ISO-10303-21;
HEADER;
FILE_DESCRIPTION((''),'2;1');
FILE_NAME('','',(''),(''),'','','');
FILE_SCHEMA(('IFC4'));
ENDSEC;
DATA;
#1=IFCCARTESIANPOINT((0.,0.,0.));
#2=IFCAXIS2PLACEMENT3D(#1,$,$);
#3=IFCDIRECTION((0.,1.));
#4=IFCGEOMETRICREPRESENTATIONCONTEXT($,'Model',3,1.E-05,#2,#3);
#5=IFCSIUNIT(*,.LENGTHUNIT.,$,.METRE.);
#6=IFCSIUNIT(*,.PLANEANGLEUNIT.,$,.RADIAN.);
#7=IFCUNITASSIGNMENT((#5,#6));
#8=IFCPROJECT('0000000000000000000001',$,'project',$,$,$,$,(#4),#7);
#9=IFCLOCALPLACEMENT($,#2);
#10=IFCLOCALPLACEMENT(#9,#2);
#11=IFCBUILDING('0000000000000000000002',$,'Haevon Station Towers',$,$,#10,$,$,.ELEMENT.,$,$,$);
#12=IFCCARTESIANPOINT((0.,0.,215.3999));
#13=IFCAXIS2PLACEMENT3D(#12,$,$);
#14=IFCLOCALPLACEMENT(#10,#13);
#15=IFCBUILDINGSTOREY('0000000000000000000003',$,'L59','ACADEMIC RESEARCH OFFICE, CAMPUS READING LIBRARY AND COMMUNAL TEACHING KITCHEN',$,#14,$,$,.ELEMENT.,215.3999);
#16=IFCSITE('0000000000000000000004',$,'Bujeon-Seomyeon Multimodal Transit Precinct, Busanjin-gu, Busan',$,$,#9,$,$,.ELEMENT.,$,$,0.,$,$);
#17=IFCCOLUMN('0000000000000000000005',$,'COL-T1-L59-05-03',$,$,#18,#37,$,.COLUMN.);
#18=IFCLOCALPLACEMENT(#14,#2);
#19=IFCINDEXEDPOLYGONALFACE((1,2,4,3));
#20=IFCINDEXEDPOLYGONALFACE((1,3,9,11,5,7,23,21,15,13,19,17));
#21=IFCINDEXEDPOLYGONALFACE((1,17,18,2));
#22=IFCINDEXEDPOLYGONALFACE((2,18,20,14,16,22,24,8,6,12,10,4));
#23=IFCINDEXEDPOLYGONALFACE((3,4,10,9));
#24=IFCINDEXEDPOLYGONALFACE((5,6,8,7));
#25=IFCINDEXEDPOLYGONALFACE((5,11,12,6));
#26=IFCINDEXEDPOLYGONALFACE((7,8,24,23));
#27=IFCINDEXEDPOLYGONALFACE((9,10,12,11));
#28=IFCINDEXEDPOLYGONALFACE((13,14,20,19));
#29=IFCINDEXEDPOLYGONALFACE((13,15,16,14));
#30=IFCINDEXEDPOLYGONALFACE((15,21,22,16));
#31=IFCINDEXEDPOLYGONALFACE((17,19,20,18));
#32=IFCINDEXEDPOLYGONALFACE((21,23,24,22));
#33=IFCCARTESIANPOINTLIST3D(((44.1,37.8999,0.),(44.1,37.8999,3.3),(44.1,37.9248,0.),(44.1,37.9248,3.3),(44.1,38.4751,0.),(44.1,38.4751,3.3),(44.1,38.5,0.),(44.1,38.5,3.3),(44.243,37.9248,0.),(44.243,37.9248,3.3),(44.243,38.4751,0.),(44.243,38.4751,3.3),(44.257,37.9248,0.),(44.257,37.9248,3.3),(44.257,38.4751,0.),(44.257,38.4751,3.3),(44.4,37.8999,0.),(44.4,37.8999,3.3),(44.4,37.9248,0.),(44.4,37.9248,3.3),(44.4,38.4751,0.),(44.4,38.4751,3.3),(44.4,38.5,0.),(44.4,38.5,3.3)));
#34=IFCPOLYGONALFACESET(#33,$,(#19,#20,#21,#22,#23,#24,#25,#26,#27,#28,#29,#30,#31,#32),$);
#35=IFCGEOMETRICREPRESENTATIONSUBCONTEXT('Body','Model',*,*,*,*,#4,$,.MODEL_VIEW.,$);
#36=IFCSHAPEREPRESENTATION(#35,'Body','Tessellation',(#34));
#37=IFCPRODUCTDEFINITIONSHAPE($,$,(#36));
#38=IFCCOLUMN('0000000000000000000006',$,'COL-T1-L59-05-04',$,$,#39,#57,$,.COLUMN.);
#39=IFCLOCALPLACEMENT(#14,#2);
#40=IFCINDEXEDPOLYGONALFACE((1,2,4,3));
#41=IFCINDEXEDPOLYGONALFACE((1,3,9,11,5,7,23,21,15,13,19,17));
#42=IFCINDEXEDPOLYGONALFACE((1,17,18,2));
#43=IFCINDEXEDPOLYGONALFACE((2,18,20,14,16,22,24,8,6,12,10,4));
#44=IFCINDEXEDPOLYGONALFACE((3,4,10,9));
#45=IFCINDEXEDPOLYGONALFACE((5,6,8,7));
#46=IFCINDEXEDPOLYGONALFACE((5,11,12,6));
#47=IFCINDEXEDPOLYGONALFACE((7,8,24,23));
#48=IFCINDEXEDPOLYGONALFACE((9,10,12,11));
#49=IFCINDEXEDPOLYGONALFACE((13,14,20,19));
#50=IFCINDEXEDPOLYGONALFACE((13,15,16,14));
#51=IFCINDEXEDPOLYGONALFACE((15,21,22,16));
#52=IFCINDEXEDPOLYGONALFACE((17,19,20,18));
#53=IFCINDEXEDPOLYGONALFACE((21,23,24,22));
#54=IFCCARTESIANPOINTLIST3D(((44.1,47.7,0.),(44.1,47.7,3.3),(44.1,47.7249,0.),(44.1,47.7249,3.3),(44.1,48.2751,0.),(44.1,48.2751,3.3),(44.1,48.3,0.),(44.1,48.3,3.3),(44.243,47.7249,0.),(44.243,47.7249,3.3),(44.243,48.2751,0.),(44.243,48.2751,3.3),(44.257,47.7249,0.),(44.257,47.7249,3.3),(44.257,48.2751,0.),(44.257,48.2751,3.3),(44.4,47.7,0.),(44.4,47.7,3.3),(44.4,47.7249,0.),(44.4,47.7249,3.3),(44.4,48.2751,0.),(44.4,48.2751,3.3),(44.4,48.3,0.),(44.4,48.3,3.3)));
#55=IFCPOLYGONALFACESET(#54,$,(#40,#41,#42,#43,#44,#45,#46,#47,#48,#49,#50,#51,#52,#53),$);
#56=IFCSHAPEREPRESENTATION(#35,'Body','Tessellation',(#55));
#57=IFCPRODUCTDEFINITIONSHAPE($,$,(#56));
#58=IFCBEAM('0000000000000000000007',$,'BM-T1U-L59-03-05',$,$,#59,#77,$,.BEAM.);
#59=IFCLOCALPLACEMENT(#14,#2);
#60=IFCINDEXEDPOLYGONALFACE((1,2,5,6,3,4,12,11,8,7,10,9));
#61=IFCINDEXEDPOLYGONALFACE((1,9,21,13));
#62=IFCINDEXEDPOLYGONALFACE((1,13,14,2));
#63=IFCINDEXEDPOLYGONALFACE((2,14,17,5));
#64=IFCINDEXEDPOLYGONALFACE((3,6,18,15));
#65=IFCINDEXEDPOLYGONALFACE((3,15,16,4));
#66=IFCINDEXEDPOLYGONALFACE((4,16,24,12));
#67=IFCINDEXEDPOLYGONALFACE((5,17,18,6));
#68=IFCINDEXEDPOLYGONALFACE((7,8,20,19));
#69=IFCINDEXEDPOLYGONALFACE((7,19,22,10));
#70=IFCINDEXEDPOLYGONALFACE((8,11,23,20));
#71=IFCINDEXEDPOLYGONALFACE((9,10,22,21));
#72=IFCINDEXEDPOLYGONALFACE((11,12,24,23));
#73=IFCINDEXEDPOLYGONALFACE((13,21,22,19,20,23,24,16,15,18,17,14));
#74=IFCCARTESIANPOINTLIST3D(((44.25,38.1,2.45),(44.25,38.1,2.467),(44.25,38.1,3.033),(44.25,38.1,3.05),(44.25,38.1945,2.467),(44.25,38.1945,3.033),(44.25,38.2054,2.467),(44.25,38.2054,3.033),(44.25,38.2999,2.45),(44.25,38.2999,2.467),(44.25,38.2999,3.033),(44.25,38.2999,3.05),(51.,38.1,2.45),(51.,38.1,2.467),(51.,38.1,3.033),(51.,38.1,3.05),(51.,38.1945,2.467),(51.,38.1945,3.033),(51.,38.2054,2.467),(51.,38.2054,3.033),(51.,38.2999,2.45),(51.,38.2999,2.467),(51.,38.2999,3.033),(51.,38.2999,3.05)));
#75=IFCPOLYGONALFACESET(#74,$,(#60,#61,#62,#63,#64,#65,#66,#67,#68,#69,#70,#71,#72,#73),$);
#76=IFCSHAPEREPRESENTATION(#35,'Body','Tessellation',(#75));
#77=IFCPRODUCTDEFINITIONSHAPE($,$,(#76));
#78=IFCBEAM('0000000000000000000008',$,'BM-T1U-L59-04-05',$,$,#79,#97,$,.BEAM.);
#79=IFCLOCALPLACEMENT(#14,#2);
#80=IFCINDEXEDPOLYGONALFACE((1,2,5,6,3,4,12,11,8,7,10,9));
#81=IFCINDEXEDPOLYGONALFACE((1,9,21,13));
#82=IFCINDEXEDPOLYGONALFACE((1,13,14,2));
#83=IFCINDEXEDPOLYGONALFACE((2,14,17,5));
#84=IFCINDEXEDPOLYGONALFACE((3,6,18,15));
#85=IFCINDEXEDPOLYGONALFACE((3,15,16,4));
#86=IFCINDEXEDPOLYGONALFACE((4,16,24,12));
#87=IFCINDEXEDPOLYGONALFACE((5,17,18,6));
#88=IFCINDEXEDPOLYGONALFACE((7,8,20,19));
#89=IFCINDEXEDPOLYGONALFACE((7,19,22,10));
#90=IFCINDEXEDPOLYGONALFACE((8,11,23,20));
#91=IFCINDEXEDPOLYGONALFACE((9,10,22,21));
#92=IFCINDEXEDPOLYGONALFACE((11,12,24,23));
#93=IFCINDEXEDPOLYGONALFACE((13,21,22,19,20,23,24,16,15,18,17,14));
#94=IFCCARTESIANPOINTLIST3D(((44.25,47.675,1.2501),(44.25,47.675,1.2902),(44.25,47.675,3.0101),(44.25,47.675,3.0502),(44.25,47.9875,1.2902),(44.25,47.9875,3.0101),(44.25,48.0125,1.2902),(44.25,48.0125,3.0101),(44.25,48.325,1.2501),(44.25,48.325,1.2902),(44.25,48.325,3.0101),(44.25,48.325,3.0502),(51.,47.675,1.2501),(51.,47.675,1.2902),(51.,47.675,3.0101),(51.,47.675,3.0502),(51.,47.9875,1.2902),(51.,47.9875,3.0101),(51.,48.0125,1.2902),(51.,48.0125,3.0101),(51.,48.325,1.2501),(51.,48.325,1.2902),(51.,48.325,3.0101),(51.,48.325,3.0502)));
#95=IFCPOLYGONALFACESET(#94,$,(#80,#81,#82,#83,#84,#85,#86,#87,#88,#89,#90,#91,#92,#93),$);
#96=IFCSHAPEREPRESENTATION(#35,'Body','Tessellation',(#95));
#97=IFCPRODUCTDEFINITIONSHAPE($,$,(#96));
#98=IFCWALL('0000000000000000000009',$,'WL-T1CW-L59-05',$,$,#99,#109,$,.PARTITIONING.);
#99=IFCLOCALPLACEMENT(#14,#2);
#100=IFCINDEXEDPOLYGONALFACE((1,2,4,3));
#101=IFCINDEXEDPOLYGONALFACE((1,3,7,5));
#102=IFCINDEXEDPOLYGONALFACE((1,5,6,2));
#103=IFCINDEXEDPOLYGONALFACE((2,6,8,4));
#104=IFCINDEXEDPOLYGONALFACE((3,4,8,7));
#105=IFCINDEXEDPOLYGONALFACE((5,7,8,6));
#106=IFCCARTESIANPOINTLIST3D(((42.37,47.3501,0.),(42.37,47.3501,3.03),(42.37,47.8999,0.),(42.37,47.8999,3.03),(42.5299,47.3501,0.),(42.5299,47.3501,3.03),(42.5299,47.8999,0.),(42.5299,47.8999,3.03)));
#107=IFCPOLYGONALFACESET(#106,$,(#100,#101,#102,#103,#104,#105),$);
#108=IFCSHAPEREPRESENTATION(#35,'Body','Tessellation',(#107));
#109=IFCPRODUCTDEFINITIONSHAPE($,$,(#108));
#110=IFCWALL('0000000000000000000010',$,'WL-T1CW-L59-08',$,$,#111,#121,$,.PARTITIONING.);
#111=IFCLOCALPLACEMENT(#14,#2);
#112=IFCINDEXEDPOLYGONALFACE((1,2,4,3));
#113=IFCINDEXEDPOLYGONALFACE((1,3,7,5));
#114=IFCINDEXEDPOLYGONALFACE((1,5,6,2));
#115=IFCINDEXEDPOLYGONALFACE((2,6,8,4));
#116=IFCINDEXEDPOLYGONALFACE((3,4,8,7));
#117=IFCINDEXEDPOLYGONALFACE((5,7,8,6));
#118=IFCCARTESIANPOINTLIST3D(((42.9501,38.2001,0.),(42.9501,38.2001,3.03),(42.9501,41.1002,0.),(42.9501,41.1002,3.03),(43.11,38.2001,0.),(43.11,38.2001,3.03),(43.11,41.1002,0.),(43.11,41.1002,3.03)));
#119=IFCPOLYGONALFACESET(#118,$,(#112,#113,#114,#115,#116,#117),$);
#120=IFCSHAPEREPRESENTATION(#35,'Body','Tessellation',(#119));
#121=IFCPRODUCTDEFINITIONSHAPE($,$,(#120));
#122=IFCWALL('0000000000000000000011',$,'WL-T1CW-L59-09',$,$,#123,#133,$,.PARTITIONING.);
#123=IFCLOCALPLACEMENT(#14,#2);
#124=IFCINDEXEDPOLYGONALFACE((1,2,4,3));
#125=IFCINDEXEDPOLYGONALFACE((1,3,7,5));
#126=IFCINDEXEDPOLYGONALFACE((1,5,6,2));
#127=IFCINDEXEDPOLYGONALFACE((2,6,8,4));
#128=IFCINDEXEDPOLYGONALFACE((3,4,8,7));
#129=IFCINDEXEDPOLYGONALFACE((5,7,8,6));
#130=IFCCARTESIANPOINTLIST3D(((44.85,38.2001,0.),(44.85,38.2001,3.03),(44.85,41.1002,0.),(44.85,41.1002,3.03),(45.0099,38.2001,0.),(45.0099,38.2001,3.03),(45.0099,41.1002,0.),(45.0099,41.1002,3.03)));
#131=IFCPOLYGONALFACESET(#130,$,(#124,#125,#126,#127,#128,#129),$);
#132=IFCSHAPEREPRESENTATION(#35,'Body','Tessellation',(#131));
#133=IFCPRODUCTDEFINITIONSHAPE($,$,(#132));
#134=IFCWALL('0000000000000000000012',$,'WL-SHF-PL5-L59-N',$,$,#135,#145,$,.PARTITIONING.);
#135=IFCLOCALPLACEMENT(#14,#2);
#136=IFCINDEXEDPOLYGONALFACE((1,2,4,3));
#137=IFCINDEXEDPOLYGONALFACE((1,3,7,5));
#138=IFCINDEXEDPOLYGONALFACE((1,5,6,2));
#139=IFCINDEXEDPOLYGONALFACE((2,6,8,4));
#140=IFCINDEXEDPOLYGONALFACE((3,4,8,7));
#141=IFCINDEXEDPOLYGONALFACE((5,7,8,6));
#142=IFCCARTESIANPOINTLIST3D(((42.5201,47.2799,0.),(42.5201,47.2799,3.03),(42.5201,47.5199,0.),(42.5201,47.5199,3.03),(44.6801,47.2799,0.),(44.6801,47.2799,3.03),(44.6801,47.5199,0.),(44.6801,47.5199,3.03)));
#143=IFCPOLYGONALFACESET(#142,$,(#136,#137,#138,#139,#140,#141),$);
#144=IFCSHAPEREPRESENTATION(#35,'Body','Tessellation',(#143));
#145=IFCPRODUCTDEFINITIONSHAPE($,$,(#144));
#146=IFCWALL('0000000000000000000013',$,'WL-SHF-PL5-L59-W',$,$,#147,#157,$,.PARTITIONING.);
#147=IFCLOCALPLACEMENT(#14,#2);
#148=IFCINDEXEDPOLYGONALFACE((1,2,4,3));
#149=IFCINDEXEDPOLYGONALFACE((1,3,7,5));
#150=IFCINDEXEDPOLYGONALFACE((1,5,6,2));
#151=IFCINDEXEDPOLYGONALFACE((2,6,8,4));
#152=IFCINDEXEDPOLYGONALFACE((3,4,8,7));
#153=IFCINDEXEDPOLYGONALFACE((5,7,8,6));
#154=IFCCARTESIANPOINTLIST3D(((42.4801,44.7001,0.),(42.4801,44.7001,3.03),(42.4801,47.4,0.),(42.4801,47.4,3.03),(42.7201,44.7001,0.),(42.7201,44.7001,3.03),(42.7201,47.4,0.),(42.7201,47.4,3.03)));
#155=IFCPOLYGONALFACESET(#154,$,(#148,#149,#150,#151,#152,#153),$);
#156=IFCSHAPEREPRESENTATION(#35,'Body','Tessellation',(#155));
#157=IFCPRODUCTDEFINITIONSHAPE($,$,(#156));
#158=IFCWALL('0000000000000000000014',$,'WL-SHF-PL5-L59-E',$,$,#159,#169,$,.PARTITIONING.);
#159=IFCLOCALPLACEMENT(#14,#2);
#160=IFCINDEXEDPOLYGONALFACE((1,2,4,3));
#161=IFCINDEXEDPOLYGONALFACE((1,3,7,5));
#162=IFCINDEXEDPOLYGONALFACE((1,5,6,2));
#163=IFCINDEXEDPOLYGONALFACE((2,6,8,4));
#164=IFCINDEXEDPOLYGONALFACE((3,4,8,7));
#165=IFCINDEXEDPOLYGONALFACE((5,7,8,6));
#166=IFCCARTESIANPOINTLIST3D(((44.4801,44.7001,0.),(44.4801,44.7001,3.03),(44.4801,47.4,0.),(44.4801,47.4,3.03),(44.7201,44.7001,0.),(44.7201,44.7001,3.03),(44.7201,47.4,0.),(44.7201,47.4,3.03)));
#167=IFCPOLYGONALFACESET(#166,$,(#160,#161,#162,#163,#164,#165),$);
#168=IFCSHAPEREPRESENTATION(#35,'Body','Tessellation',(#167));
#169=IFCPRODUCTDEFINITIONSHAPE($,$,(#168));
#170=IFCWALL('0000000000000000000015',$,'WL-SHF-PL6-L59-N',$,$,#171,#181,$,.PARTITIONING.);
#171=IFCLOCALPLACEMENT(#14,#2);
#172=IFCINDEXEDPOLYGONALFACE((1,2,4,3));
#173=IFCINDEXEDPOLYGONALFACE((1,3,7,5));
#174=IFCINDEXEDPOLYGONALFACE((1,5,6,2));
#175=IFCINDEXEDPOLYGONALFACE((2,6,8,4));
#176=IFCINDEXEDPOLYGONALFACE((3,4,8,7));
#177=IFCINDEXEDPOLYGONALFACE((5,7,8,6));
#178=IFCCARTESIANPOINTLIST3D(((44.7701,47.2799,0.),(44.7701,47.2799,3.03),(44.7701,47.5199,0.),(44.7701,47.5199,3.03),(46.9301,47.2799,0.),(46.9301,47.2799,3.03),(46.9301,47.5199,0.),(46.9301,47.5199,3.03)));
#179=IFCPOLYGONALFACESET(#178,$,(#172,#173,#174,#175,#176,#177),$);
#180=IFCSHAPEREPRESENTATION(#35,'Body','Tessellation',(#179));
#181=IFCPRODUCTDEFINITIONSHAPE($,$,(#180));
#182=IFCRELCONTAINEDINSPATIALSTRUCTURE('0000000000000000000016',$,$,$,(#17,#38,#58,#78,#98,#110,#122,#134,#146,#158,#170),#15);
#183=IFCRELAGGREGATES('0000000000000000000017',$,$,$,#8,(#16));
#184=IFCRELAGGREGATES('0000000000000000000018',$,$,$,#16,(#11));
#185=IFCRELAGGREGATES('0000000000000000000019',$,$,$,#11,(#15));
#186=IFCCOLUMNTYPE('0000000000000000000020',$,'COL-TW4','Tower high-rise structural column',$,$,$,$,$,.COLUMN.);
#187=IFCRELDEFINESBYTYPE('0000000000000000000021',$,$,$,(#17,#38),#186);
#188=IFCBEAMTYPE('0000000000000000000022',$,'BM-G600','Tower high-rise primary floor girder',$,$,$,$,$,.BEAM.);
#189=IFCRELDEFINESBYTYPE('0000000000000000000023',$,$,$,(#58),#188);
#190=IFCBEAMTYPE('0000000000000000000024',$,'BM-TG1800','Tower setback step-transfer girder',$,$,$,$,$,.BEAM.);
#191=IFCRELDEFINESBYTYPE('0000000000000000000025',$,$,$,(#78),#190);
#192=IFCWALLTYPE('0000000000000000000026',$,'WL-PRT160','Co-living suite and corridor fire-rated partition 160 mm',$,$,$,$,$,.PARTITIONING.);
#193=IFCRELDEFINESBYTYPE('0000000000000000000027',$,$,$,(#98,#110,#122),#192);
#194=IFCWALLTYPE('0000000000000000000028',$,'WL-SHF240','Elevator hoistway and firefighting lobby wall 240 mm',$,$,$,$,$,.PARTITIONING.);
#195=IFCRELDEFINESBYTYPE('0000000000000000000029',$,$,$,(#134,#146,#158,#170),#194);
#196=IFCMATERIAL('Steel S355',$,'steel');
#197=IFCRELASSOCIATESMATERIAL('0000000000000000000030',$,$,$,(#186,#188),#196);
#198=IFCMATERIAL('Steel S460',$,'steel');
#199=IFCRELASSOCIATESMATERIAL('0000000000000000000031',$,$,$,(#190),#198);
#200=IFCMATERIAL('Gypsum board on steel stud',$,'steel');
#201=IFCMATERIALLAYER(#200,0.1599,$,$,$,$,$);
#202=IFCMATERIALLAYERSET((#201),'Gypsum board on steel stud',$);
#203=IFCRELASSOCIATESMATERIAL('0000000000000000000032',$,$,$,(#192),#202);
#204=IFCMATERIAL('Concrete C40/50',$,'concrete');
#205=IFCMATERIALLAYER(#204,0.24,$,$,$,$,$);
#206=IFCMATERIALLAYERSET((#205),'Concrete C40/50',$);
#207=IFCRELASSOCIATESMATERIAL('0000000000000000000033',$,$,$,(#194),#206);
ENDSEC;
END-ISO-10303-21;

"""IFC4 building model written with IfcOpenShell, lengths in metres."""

from ifc_helpers import new_model, si_unit, direction, frame, frame_2d, origin, origin_2d, place, context, subcontext, project, spatial, rectangle, i_section, extrude, material, layer, layer_set, material_profile, profile_set, type_object, element, save


model = new_model("IFC4")

# Units and contexts
model_context = context("Model", 3, precision=1e-05, world=origin(), true_north=direction((0.0, 1.0)))
body_context = subcontext(model_context, "Body", "Model", "MODEL_VIEW")
ifc_project = project(units=[si_unit("LENGTHUNIT", "METRE"), si_unit("PLANEANGLEUNIT", "RADIAN")], contexts=[model_context])

# Site, building, storey
site_placement = place(None, origin())
site = spatial("IfcSite", under=ifc_project, at=site_placement, Name="Bujeon-Seomyeon Multimodal Transit Precinct, Busanjin-gu, Busan", CompositionType="ELEMENT", RefElevation=0.0)
building_placement = place(site_placement, origin())
building = spatial("IfcBuilding", under=site, at=building_placement, Name="Haevon Station Towers", CompositionType="ELEMENT")
storey_placement = place(building_placement, frame((0.0, 0.0, 215.3999)))
storey = spatial("IfcBuildingStorey", under=building, at=storey_placement, Name="L59", Description="ACADEMIC RESEARCH OFFICE, CAMPUS READING LIBRARY AND COMMUNAL TEACHING KITCHEN", CompositionType="ELEMENT", Elevation=215.3999)

# Columns
ifc_material_1 = material(Name="Steel S355", Category="steel")
ifc_material_profile_1 = material_profile(ifc_material_1, i_section(OverallWidth=0.3, OverallDepth=0.6001, WebThickness=0.0139, FlangeThickness=0.0249, at=origin_2d()), Name="H-600x300x14x25")
ifc_profile_set_1 = profile_set([ifc_material_profile_1], Name="Steel S355")
column_type = type_object("IfcColumnType", Name="COL-TW4", Description="Tower high-rise structural column", PredefinedType="COLUMN", material=ifc_profile_set_1)
for number, where, z_axis, x_axis, name in (
    (1, (44.25, 38.2, 0.0), (0.0, 0.0, 1.0), (1.0, 0.0, 0.0), "COL-T1-L59-05-03"),
    (2, (44.25, 48.0, 0.0), (0.0, 0.0, 1.0), (1.0, 0.0, 0.0), "COL-T1-L59-05-04"),
):
    element("IfcColumn", number, at=place(storey_placement, frame(where, z_axis=z_axis, x_axis=x_axis)), inside=storey, type_object=column_type, Name=name, PredefinedType="COLUMN", context=body_context, shape_type="SweptSolid", body=[
        extrude(i_section(OverallWidth=0.3, OverallDepth=0.6001, WebThickness=0.0139, FlangeThickness=0.0249, at=origin_2d()), origin(), (0.0, 0.0, 1.0), 3.3),
    ])

# Beams
ifc_material_profile_2 = material_profile(ifc_material_1, i_section(OverallWidth=0.2, OverallDepth=0.6001, WebThickness=0.011, FlangeThickness=0.0171, at=origin_2d()), Name="H-600x200x11x17")
ifc_profile_set_2 = profile_set([ifc_material_profile_2], Name="Steel S355")
beam_type_1 = type_object("IfcBeamType", Name="BM-G600", Description="Tower high-rise primary floor girder", PredefinedType="BEAM", material=ifc_profile_set_2)
beam_1_placement = place(storey_placement, frame((44.25, 38.2, 2.75), z_axis=(1.0, 0.0, 0.0), x_axis=(0.0, 1.0, 0.0)))
element("IfcBeam", 3, at=beam_1_placement, inside=storey, type_object=beam_type_1, Name="BM-T1U-L59-03-05", PredefinedType="BEAM", context=body_context, shape_type="SweptSolid", body=[
    extrude(i_section(OverallWidth=0.2, OverallDepth=0.6001, WebThickness=0.011, FlangeThickness=0.0171, at=origin_2d()), origin(), (0.0, 0.0, 1.0), 6.75),
])
ifc_material_2 = material(Name="Steel S460", Category="steel")
ifc_material_profile_3 = material_profile(ifc_material_2, i_section(OverallWidth=0.6499, OverallDepth=1.8, WebThickness=0.0249, FlangeThickness=0.04, at=origin_2d()), Name="H-1800x650x25x40")
ifc_profile_set_3 = profile_set([ifc_material_profile_3], Name="Steel S460")
beam_type_2 = type_object("IfcBeamType", Name="BM-TG1800", Description="Tower setback step-transfer girder", PredefinedType="BEAM", material=ifc_profile_set_3)
beam_2_placement = place(storey_placement, frame((44.25, 48.0, 2.1501), z_axis=(1.0, 0.0, 0.0), x_axis=(0.0, 1.0, 0.0)))
element("IfcBeam", 4, at=beam_2_placement, inside=storey, type_object=beam_type_2, Name="BM-T1U-L59-04-05", PredefinedType="BEAM", context=body_context, shape_type="SweptSolid", body=[
    extrude(i_section(OverallWidth=0.6499, OverallDepth=1.8, WebThickness=0.0249, FlangeThickness=0.04, at=origin_2d()), origin(), (0.0, 0.0, 1.0), 6.75),
])

# Walls
ifc_material_3 = material(Name="Gypsum board on steel stud", Category="steel")
ifc_layer_1 = layer(ifc_material_3, 0.1599)
ifc_layer_set_1 = layer_set([ifc_layer_1], Name="Gypsum board on steel stud")
wall_type_1 = type_object("IfcWallType", Name="WL-PRT160", Description="Co-living suite and corridor fire-rated partition 160 mm", PredefinedType="PARTITIONING", material=ifc_layer_set_1)
wall_1_placement = place(storey_placement, frame((42.45, 47.3501, 0.0), z_axis=(0.0, 0.0, 1.0), x_axis=(0.0, 1.0, 0.0)))
element("IfcWall", 5, at=wall_1_placement, inside=storey, type_object=wall_type_1, Name="WL-T1CW-L59-05", PredefinedType="PARTITIONING", context=body_context, shape_type="SweptSolid", body=[
    extrude(rectangle(XDim=0.5498, YDim=0.1599, at=frame_2d((0.2749, 0.0))), origin(), (0.0, 0.0, 1.0), 3.03),
])
for number, where, z_axis, x_axis, name in (
    (6, (43.03, 38.2, 0.0), (0.0, 0.0, 1.0), (0.0, 1.0, 0.0), "WL-T1CW-L59-08"),
    (7, (44.9299, 38.2, 0.0), (0.0, 0.0, 1.0), (0.0, 1.0, 0.0), "WL-T1CW-L59-09"),
):
    element("IfcWall", number, at=place(storey_placement, frame(where, z_axis=z_axis, x_axis=x_axis)), inside=storey, type_object=wall_type_1, Name=name, PredefinedType="PARTITIONING", context=body_context, shape_type="SweptSolid", body=[
        extrude(rectangle(XDim=2.9001, YDim=0.1599, at=frame_2d((1.4502, 0.0))), origin(), (0.0, 0.0, 1.0), 3.03),
    ])

# Shared definitions
ifc_material_4 = material(Name="Concrete C40/50", Category="concrete")
ifc_layer_2 = layer(ifc_material_4, 0.24)
ifc_layer_set_2 = layer_set([ifc_layer_2], Name="Concrete C40/50")
wall_type_2 = type_object("IfcWallType", Name="WL-SHF240", Description="Elevator hoistway and firefighting lobby wall 240 mm", PredefinedType="PARTITIONING", material=ifc_layer_set_2)

# Walls
wall_2_placement = place(storey_placement, frame((42.52, 47.3999, 0.0), z_axis=(0.0, 0.0, 1.0), x_axis=(1.0, 0.0, 0.0)))
element("IfcWall", 8, at=wall_2_placement, inside=storey, type_object=wall_type_2, Name="WL-SHF-PL5-L59-N", PredefinedType="PARTITIONING", context=body_context, shape_type="SweptSolid", body=[
    extrude(rectangle(XDim=2.1599, YDim=0.24, at=frame_2d((1.0801, 0.0))), origin(), (0.0, 0.0, 1.0), 3.03),
])
for number, where, z_axis, x_axis, name in (
    (9, (42.6001, 44.7, 0.0), (0.0, 0.0, 1.0), (0.0, 1.0, 0.0), "WL-SHF-PL5-L59-W"),
    (10, (44.6001, 44.7, 0.0), (0.0, 0.0, 1.0), (0.0, 1.0, 0.0), "WL-SHF-PL5-L59-E"),
):
    element("IfcWall", number, at=place(storey_placement, frame(where, z_axis=z_axis, x_axis=x_axis)), inside=storey, type_object=wall_type_2, Name=name, PredefinedType="PARTITIONING", context=body_context, shape_type="SweptSolid", body=[
        extrude(rectangle(XDim=2.7, YDim=0.24, at=frame_2d((1.3501, 0.0))), origin(), (0.0, 0.0, 1.0), 3.03),
    ])

# Wall
wall_3_placement = place(storey_placement, frame((44.77, 47.3999, 0.0), z_axis=(0.0, 0.0, 1.0), x_axis=(1.0, 0.0, 0.0)))
element("IfcWall", 11, at=wall_3_placement, inside=storey, type_object=wall_type_2, Name="WL-SHF-PL6-L59-N", PredefinedType="PARTITIONING", context=body_context, shape_type="SweptSolid", body=[
    extrude(rectangle(XDim=2.1599, YDim=0.24, at=frame_2d((1.0801, 0.0))), origin(), (0.0, 0.0, 1.0), 3.03),
])

save(model, "model.ifc")
